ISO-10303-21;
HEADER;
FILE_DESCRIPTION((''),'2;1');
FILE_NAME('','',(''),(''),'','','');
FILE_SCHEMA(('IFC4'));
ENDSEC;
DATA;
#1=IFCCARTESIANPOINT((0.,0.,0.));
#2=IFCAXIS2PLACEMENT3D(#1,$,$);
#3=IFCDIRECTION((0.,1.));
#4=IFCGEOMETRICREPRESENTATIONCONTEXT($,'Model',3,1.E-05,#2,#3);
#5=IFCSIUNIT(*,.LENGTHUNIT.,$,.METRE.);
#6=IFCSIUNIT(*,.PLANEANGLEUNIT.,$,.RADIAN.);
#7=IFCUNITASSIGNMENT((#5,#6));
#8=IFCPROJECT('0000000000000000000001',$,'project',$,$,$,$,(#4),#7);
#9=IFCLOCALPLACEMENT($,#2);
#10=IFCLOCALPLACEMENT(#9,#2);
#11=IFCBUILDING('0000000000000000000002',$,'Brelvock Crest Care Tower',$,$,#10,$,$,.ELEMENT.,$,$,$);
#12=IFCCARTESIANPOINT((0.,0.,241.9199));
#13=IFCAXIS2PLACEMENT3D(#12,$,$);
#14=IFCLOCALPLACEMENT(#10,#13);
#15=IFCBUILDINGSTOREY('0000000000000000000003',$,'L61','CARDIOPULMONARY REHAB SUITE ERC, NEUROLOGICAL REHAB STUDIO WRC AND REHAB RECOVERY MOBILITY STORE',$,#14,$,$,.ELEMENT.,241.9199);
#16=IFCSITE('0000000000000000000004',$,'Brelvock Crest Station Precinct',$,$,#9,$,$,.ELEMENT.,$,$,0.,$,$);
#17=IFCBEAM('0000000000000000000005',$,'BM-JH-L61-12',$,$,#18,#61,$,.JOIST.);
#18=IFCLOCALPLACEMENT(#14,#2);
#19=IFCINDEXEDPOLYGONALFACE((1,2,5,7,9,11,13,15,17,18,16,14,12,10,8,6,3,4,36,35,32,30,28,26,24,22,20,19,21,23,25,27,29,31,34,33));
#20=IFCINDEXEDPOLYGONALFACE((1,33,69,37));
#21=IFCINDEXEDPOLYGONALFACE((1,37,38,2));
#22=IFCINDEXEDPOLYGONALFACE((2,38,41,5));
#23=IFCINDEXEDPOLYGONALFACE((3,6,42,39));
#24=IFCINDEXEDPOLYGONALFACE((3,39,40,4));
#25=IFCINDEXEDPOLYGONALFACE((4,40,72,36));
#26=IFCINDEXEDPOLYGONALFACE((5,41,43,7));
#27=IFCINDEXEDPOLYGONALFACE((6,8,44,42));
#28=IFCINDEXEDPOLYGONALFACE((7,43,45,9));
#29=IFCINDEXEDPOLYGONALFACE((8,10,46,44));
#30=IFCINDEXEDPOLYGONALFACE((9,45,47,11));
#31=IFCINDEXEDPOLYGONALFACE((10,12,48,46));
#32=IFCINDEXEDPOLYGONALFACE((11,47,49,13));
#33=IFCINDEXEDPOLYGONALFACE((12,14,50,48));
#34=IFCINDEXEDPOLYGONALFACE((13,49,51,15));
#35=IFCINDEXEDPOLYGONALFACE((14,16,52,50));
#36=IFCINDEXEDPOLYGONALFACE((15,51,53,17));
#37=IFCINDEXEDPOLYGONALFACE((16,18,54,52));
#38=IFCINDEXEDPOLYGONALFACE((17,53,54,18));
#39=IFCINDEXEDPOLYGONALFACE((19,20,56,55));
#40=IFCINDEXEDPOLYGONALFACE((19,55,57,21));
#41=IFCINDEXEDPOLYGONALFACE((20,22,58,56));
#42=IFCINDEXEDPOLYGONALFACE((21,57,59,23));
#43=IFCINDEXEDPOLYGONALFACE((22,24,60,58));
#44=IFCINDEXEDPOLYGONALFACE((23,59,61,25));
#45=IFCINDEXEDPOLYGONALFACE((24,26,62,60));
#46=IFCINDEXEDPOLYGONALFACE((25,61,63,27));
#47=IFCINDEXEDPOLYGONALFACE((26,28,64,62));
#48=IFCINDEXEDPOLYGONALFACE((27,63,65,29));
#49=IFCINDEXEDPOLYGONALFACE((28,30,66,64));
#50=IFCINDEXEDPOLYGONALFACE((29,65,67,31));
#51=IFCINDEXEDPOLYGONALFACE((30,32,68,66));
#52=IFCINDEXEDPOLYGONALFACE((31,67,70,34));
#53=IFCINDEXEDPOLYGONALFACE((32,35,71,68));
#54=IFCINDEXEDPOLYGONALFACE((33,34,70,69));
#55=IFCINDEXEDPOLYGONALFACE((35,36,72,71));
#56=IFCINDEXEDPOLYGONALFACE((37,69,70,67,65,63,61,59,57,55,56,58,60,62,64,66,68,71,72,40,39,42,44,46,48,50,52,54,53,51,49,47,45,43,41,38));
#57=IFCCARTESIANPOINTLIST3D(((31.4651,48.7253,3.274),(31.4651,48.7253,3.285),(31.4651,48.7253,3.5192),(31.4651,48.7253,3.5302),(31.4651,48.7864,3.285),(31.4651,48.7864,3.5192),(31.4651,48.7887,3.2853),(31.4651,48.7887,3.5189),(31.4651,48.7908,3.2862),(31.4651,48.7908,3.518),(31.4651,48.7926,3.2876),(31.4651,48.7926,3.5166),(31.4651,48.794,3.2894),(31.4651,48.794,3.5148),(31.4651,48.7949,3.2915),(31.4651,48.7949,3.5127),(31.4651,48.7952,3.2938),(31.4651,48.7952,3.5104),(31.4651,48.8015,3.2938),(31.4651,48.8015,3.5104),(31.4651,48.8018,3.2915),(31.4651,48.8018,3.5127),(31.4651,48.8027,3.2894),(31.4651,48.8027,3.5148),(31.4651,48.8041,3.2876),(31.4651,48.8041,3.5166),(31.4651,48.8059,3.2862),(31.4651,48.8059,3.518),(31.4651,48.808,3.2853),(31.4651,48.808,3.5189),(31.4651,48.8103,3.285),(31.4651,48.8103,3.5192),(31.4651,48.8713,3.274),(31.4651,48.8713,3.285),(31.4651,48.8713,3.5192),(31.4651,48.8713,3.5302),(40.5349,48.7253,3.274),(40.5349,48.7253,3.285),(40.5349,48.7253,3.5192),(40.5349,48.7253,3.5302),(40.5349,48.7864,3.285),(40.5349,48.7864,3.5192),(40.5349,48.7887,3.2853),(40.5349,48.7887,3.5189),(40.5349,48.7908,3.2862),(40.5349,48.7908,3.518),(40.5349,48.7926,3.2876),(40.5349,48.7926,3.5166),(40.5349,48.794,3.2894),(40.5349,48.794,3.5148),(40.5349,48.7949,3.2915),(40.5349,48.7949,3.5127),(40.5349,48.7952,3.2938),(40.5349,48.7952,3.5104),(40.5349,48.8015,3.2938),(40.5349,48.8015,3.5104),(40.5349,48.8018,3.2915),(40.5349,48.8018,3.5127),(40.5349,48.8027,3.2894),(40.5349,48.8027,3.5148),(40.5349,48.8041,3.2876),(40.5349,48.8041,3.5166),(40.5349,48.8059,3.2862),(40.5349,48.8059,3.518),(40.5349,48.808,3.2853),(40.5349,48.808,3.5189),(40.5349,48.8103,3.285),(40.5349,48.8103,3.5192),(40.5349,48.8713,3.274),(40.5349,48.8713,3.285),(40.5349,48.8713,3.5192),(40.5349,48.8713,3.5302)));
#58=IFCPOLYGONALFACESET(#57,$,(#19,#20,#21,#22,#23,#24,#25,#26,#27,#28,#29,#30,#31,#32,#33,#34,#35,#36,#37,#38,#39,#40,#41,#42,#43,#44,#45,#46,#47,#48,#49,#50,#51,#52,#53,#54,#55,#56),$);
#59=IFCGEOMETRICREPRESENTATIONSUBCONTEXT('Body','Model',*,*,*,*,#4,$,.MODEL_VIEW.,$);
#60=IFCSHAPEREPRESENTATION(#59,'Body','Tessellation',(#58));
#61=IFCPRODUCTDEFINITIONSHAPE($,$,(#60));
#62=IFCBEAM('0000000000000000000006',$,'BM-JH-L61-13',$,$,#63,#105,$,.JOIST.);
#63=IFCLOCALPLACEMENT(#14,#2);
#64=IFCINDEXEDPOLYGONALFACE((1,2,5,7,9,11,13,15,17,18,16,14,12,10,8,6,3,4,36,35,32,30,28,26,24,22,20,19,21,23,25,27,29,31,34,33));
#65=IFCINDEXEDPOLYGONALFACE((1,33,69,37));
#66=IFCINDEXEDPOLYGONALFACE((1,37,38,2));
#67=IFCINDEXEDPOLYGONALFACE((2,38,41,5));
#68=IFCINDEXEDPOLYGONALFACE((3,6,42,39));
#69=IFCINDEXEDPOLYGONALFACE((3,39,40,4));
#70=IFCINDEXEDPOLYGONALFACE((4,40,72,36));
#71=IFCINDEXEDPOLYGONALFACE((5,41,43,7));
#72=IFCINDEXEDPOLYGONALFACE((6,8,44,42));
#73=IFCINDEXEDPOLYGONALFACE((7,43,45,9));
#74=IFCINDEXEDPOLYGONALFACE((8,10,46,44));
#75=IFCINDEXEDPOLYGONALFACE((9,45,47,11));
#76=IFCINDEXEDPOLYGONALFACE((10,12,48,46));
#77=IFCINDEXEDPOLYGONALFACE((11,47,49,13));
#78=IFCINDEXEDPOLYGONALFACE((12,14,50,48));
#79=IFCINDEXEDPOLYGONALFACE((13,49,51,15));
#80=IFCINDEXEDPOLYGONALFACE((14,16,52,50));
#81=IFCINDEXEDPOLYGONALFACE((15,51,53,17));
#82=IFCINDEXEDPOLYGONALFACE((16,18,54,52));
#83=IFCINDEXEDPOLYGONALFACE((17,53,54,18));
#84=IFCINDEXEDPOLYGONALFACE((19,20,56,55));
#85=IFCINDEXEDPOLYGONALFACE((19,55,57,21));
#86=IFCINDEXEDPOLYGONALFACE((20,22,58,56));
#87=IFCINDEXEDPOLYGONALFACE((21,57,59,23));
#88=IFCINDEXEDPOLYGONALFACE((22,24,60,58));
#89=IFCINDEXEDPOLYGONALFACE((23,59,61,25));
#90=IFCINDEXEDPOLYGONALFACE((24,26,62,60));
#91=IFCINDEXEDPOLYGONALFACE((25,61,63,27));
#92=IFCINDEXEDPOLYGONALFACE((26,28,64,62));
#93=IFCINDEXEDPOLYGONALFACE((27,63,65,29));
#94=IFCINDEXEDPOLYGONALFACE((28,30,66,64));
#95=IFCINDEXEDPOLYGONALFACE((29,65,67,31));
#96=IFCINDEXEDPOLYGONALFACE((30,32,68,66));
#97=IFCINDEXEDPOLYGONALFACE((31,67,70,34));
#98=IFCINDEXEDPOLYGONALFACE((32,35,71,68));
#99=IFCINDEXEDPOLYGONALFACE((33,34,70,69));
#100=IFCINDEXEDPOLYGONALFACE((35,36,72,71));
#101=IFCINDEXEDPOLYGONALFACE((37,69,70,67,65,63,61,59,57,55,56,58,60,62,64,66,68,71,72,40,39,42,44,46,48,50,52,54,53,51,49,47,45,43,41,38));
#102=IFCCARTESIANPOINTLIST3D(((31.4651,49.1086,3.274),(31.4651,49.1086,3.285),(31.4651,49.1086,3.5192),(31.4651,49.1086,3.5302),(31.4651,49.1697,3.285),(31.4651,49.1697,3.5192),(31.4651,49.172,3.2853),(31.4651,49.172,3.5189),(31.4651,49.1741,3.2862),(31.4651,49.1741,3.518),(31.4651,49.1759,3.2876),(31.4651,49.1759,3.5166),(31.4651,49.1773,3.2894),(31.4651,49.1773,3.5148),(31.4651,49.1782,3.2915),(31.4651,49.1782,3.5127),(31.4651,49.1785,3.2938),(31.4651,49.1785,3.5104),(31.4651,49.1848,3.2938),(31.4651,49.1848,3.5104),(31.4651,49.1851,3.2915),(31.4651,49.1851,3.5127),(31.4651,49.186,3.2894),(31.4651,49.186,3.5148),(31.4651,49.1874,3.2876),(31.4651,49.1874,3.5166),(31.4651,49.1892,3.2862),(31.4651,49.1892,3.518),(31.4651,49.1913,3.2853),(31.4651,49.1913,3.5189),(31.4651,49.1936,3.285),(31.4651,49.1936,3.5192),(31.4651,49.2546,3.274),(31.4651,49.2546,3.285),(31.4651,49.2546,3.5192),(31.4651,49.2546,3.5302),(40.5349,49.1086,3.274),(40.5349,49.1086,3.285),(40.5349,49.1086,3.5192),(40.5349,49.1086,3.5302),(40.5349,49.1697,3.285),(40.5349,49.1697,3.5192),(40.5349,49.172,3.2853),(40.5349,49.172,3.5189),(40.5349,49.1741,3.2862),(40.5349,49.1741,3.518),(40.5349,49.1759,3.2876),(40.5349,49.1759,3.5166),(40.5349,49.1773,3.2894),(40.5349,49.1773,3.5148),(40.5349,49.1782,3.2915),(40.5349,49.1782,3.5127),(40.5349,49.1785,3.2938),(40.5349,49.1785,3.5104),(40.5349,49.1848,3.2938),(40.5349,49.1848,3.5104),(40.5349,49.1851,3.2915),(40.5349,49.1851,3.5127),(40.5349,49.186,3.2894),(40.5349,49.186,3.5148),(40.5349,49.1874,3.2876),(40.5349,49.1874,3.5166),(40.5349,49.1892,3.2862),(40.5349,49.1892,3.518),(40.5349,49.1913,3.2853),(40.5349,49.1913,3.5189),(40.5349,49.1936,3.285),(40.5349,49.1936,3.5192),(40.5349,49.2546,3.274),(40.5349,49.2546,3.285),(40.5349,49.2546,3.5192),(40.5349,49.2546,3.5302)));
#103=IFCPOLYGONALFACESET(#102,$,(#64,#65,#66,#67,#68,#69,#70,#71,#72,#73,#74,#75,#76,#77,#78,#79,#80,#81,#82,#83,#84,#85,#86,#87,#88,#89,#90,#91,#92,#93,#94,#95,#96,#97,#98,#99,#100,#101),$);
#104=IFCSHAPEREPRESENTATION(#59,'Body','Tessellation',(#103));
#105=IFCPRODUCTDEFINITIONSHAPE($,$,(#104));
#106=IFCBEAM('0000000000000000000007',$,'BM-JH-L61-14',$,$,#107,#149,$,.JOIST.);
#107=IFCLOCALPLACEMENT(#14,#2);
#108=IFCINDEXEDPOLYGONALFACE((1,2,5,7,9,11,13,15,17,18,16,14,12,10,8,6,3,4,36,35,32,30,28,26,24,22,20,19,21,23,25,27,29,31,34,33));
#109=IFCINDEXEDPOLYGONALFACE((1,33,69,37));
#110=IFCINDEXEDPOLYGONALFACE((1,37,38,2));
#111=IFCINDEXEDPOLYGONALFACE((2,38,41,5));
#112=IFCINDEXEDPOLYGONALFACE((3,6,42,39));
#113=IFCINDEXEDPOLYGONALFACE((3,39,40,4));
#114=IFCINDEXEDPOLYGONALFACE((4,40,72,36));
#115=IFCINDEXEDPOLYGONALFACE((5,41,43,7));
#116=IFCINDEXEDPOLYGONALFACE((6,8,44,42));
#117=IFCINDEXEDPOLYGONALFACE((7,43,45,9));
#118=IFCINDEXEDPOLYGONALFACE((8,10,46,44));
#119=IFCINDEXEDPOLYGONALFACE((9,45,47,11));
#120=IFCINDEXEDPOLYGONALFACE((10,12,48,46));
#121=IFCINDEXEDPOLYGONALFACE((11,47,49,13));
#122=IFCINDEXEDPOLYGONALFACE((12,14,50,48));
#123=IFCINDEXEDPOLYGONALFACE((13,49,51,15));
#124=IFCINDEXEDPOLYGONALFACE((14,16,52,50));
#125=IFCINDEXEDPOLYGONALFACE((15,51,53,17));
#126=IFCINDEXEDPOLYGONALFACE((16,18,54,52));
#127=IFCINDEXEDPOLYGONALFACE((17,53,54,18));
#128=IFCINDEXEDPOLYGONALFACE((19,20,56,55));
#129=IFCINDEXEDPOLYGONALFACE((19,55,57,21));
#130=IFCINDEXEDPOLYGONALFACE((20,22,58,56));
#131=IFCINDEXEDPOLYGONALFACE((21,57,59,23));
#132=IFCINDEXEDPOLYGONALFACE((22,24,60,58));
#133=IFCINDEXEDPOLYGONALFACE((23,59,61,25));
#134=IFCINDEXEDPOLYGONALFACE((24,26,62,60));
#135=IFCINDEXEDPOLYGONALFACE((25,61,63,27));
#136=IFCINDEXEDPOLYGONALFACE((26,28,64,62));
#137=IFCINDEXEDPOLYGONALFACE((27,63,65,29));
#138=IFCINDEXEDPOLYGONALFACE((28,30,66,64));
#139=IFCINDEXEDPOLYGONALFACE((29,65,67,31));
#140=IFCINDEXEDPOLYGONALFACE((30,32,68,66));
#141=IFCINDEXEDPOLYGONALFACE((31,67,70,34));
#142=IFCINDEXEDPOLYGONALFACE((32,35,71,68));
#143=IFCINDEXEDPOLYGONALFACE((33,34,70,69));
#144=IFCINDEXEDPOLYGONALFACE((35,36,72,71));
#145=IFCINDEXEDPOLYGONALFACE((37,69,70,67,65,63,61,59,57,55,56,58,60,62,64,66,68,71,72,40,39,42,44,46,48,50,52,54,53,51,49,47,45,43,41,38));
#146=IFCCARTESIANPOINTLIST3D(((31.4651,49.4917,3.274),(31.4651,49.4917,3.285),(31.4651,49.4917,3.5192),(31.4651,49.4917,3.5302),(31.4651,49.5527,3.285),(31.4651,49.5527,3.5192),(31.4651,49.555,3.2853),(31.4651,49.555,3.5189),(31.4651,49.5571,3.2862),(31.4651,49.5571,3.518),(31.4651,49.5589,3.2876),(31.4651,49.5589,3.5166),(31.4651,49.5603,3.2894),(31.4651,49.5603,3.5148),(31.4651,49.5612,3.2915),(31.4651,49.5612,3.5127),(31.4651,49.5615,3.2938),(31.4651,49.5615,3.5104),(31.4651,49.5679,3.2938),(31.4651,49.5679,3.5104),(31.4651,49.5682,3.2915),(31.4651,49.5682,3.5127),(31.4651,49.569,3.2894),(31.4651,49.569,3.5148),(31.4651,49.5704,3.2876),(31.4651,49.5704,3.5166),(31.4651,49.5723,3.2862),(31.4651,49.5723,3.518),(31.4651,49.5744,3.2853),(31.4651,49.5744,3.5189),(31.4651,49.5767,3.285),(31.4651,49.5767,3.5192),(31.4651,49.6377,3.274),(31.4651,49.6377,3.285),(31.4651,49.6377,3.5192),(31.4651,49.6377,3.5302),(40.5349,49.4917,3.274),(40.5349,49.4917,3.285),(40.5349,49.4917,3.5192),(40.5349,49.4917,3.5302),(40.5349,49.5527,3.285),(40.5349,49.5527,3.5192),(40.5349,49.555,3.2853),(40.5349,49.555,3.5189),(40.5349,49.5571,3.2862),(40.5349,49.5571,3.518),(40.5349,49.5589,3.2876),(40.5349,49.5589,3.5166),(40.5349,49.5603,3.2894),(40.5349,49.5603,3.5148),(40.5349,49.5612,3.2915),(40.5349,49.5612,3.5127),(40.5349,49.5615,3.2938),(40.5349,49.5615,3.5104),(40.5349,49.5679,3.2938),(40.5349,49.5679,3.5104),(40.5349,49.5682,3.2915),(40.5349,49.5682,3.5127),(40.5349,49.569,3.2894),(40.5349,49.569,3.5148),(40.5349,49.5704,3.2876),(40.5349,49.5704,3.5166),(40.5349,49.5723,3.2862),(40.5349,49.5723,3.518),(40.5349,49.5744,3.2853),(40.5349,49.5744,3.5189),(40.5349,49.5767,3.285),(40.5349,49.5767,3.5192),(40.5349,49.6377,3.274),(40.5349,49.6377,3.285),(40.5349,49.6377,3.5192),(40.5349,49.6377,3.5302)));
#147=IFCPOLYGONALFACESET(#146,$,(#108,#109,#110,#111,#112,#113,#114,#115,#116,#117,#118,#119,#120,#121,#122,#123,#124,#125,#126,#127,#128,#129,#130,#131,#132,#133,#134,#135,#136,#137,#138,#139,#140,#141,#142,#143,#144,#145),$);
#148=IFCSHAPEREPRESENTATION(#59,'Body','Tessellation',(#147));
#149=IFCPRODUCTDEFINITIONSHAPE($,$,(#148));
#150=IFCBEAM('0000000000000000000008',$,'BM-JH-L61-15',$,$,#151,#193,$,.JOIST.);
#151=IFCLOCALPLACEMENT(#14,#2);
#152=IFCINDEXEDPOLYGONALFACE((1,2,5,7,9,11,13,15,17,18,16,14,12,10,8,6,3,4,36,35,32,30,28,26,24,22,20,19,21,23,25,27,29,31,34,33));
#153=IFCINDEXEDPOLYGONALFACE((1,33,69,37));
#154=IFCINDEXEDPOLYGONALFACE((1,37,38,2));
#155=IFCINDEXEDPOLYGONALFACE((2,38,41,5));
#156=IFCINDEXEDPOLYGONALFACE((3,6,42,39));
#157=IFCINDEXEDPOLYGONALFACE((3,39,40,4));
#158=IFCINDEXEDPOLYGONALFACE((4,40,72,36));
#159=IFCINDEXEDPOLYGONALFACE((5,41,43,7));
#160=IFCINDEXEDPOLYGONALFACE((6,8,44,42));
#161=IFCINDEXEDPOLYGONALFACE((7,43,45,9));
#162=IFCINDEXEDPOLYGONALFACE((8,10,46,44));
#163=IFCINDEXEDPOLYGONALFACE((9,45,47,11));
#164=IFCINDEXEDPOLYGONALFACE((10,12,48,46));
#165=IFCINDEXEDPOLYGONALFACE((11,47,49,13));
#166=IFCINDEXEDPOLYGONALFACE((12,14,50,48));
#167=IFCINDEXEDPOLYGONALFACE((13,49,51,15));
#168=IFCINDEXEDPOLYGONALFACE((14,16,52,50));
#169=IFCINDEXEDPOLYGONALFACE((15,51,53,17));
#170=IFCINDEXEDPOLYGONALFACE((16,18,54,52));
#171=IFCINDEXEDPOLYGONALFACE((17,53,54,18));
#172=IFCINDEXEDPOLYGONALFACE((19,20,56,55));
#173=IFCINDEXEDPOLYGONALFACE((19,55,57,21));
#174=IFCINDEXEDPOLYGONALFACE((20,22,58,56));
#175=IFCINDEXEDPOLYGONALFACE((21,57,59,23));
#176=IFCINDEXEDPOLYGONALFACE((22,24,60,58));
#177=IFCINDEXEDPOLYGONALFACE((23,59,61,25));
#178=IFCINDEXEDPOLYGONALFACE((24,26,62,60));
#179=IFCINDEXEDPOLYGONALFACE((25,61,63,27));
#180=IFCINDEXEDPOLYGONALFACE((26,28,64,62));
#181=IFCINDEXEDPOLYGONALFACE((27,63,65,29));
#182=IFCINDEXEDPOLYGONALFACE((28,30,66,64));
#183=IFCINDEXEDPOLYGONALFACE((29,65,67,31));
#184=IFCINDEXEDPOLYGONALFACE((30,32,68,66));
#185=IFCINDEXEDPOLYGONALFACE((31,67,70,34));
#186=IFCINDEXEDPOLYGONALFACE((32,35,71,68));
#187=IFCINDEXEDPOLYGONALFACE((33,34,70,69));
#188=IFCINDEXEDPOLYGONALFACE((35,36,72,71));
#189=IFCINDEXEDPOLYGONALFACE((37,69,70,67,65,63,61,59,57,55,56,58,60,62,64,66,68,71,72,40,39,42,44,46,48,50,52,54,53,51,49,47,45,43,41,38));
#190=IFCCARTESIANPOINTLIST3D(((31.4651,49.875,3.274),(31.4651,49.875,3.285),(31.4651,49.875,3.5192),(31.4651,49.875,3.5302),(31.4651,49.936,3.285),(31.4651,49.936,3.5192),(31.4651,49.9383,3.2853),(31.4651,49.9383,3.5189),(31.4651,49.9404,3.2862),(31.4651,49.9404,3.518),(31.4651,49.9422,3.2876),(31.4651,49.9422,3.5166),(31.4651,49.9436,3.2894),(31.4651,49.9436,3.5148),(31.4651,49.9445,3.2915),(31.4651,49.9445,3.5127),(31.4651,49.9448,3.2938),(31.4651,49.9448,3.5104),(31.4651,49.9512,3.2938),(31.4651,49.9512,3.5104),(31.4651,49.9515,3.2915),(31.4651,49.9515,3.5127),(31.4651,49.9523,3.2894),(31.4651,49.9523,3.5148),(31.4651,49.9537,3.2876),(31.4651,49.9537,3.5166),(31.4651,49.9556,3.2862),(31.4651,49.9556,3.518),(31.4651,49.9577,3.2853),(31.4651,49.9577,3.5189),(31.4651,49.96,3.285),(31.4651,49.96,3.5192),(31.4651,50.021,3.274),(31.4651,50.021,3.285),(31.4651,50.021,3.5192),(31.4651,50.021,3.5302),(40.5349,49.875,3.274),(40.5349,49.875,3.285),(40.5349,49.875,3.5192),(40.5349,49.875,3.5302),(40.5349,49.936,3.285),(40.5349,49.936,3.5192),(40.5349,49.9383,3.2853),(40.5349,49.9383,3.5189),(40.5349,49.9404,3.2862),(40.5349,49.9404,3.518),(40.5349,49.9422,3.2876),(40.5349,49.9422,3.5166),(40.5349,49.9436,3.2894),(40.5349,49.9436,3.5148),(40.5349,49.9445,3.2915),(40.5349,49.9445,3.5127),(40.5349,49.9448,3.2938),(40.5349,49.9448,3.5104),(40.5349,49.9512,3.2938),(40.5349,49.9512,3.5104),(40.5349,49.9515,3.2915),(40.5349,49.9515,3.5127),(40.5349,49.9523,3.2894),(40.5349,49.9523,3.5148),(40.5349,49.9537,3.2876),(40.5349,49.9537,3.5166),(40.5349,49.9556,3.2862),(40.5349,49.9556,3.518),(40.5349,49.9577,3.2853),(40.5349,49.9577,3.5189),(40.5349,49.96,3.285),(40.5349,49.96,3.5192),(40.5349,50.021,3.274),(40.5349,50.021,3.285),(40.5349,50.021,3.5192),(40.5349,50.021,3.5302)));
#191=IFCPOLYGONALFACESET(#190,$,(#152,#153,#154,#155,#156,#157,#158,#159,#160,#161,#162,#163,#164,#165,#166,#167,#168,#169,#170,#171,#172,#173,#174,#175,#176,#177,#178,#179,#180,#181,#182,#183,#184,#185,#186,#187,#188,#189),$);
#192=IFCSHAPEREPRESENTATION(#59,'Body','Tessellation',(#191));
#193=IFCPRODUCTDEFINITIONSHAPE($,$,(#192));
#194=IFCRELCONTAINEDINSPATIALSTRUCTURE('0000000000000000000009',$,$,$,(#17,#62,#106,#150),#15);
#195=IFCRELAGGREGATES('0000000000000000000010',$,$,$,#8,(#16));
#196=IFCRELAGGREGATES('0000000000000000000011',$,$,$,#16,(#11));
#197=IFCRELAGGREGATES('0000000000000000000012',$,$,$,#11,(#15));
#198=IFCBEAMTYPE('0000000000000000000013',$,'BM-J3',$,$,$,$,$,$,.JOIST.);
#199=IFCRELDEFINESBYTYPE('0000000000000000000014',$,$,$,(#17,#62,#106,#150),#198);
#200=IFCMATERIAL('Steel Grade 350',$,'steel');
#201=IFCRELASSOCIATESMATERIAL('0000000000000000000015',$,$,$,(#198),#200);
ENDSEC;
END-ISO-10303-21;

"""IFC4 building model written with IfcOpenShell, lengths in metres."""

from ifc_helpers import new_model, si_unit, direction, frame, origin, origin_2d, place, context, subcontext, project, spatial, i_section, extrude, source, transform, mapped, material, material_profile, profile_set, type_object, element, save


model = new_model("IFC4")

# Units and contexts
model_context = context("Model", 3, precision=1e-05, world=origin(), true_north=direction((0.0, 1.0)))
body_context = subcontext(model_context, "Body", "Model", "MODEL_VIEW")
ifc_project = project(units=[si_unit("LENGTHUNIT", "METRE"), si_unit("PLANEANGLEUNIT", "RADIAN")], contexts=[model_context])

# Site, building, storey
site_placement = place(None, origin())
site = spatial("IfcSite", under=ifc_project, at=site_placement, Name="Brelvock Crest Station Precinct", CompositionType="ELEMENT", RefElevation=0.0)
building_placement = place(site_placement, origin())
building = spatial("IfcBuilding", under=site, at=building_placement, Name="Brelvock Crest Care Tower", CompositionType="ELEMENT")
storey_placement = place(building_placement, frame((0.0, 0.0, 241.9199)))
storey = spatial("IfcBuildingStorey", under=building, at=storey_placement, Name="L61", Description="CARDIOPULMONARY REHAB SUITE ERC, NEUROLOGICAL REHAB STUDIO WRC AND REHAB RECOVERY MOBILITY STORE", CompositionType="ELEMENT", Elevation=241.9199)

# Beams
ifc_material_1 = material(Name="Steel Grade 350", Category="steel")
ifc_material_profile_1 = material_profile(ifc_material_1, i_section(OverallWidth=0.146, OverallDepth=0.2561, WebThickness=0.0063, FlangeThickness=0.011, FilletRadius=0.0088, at=origin_2d()), Name="250UB37.3")
ifc_profile_set_1 = profile_set([ifc_material_profile_1], Name="Steel Grade 350")
beam_type_1 = type_object("IfcBeamType", Name="BM-J3", PredefinedType="JOIST", material=ifc_profile_set_1)
shared_shape_1 = source(origin(), body_context, "Body", "SweptSolid", [
    extrude(i_section(OverallWidth=0.146, OverallDepth=0.2561, WebThickness=0.0063, FlangeThickness=0.011, FilletRadius=0.0088, at=origin_2d()), origin(), (0.0, 0.0, 1.0), 9.0698),
])
for number, where, z_axis, x_axis, name in (
    (1, (31.4651, 48.7983, 3.4021), (1.0, 0.0, 0.0), (0.0, 1.0, 0.0), "BM-JH-L61-12"),
    (2, (31.4651, 49.1816, 3.4021), (1.0, 0.0, 0.0), (0.0, 1.0, 0.0), "BM-JH-L61-13"),
    (3, (31.4651, 49.5647, 3.4021), (1.0, 0.0, 0.0), (0.0, 1.0, 0.0), "BM-JH-L61-14"),
    (4, (31.4651, 49.948, 3.4021), (1.0, 0.0, 0.0), (0.0, 1.0, 0.0), "BM-JH-L61-15"),
):
    element("IfcBeam", number, at=place(storey_placement, frame(where, z_axis=z_axis, x_axis=x_axis)), inside=storey, type_object=beam_type_1, Name=name, PredefinedType="JOIST", context=body_context, shape_type="MappedRepresentation", body=[
        mapped(shared_shape_1, transform((0.0, 0.0, 0.0), x_axis=(1.0, 0.0, 0.0), y_axis=(0.0, 1.0, 0.0), z_axis=(0.0, 0.0, 1.0), scale=1.0)),
    ])

save(model, "model.ifc")
